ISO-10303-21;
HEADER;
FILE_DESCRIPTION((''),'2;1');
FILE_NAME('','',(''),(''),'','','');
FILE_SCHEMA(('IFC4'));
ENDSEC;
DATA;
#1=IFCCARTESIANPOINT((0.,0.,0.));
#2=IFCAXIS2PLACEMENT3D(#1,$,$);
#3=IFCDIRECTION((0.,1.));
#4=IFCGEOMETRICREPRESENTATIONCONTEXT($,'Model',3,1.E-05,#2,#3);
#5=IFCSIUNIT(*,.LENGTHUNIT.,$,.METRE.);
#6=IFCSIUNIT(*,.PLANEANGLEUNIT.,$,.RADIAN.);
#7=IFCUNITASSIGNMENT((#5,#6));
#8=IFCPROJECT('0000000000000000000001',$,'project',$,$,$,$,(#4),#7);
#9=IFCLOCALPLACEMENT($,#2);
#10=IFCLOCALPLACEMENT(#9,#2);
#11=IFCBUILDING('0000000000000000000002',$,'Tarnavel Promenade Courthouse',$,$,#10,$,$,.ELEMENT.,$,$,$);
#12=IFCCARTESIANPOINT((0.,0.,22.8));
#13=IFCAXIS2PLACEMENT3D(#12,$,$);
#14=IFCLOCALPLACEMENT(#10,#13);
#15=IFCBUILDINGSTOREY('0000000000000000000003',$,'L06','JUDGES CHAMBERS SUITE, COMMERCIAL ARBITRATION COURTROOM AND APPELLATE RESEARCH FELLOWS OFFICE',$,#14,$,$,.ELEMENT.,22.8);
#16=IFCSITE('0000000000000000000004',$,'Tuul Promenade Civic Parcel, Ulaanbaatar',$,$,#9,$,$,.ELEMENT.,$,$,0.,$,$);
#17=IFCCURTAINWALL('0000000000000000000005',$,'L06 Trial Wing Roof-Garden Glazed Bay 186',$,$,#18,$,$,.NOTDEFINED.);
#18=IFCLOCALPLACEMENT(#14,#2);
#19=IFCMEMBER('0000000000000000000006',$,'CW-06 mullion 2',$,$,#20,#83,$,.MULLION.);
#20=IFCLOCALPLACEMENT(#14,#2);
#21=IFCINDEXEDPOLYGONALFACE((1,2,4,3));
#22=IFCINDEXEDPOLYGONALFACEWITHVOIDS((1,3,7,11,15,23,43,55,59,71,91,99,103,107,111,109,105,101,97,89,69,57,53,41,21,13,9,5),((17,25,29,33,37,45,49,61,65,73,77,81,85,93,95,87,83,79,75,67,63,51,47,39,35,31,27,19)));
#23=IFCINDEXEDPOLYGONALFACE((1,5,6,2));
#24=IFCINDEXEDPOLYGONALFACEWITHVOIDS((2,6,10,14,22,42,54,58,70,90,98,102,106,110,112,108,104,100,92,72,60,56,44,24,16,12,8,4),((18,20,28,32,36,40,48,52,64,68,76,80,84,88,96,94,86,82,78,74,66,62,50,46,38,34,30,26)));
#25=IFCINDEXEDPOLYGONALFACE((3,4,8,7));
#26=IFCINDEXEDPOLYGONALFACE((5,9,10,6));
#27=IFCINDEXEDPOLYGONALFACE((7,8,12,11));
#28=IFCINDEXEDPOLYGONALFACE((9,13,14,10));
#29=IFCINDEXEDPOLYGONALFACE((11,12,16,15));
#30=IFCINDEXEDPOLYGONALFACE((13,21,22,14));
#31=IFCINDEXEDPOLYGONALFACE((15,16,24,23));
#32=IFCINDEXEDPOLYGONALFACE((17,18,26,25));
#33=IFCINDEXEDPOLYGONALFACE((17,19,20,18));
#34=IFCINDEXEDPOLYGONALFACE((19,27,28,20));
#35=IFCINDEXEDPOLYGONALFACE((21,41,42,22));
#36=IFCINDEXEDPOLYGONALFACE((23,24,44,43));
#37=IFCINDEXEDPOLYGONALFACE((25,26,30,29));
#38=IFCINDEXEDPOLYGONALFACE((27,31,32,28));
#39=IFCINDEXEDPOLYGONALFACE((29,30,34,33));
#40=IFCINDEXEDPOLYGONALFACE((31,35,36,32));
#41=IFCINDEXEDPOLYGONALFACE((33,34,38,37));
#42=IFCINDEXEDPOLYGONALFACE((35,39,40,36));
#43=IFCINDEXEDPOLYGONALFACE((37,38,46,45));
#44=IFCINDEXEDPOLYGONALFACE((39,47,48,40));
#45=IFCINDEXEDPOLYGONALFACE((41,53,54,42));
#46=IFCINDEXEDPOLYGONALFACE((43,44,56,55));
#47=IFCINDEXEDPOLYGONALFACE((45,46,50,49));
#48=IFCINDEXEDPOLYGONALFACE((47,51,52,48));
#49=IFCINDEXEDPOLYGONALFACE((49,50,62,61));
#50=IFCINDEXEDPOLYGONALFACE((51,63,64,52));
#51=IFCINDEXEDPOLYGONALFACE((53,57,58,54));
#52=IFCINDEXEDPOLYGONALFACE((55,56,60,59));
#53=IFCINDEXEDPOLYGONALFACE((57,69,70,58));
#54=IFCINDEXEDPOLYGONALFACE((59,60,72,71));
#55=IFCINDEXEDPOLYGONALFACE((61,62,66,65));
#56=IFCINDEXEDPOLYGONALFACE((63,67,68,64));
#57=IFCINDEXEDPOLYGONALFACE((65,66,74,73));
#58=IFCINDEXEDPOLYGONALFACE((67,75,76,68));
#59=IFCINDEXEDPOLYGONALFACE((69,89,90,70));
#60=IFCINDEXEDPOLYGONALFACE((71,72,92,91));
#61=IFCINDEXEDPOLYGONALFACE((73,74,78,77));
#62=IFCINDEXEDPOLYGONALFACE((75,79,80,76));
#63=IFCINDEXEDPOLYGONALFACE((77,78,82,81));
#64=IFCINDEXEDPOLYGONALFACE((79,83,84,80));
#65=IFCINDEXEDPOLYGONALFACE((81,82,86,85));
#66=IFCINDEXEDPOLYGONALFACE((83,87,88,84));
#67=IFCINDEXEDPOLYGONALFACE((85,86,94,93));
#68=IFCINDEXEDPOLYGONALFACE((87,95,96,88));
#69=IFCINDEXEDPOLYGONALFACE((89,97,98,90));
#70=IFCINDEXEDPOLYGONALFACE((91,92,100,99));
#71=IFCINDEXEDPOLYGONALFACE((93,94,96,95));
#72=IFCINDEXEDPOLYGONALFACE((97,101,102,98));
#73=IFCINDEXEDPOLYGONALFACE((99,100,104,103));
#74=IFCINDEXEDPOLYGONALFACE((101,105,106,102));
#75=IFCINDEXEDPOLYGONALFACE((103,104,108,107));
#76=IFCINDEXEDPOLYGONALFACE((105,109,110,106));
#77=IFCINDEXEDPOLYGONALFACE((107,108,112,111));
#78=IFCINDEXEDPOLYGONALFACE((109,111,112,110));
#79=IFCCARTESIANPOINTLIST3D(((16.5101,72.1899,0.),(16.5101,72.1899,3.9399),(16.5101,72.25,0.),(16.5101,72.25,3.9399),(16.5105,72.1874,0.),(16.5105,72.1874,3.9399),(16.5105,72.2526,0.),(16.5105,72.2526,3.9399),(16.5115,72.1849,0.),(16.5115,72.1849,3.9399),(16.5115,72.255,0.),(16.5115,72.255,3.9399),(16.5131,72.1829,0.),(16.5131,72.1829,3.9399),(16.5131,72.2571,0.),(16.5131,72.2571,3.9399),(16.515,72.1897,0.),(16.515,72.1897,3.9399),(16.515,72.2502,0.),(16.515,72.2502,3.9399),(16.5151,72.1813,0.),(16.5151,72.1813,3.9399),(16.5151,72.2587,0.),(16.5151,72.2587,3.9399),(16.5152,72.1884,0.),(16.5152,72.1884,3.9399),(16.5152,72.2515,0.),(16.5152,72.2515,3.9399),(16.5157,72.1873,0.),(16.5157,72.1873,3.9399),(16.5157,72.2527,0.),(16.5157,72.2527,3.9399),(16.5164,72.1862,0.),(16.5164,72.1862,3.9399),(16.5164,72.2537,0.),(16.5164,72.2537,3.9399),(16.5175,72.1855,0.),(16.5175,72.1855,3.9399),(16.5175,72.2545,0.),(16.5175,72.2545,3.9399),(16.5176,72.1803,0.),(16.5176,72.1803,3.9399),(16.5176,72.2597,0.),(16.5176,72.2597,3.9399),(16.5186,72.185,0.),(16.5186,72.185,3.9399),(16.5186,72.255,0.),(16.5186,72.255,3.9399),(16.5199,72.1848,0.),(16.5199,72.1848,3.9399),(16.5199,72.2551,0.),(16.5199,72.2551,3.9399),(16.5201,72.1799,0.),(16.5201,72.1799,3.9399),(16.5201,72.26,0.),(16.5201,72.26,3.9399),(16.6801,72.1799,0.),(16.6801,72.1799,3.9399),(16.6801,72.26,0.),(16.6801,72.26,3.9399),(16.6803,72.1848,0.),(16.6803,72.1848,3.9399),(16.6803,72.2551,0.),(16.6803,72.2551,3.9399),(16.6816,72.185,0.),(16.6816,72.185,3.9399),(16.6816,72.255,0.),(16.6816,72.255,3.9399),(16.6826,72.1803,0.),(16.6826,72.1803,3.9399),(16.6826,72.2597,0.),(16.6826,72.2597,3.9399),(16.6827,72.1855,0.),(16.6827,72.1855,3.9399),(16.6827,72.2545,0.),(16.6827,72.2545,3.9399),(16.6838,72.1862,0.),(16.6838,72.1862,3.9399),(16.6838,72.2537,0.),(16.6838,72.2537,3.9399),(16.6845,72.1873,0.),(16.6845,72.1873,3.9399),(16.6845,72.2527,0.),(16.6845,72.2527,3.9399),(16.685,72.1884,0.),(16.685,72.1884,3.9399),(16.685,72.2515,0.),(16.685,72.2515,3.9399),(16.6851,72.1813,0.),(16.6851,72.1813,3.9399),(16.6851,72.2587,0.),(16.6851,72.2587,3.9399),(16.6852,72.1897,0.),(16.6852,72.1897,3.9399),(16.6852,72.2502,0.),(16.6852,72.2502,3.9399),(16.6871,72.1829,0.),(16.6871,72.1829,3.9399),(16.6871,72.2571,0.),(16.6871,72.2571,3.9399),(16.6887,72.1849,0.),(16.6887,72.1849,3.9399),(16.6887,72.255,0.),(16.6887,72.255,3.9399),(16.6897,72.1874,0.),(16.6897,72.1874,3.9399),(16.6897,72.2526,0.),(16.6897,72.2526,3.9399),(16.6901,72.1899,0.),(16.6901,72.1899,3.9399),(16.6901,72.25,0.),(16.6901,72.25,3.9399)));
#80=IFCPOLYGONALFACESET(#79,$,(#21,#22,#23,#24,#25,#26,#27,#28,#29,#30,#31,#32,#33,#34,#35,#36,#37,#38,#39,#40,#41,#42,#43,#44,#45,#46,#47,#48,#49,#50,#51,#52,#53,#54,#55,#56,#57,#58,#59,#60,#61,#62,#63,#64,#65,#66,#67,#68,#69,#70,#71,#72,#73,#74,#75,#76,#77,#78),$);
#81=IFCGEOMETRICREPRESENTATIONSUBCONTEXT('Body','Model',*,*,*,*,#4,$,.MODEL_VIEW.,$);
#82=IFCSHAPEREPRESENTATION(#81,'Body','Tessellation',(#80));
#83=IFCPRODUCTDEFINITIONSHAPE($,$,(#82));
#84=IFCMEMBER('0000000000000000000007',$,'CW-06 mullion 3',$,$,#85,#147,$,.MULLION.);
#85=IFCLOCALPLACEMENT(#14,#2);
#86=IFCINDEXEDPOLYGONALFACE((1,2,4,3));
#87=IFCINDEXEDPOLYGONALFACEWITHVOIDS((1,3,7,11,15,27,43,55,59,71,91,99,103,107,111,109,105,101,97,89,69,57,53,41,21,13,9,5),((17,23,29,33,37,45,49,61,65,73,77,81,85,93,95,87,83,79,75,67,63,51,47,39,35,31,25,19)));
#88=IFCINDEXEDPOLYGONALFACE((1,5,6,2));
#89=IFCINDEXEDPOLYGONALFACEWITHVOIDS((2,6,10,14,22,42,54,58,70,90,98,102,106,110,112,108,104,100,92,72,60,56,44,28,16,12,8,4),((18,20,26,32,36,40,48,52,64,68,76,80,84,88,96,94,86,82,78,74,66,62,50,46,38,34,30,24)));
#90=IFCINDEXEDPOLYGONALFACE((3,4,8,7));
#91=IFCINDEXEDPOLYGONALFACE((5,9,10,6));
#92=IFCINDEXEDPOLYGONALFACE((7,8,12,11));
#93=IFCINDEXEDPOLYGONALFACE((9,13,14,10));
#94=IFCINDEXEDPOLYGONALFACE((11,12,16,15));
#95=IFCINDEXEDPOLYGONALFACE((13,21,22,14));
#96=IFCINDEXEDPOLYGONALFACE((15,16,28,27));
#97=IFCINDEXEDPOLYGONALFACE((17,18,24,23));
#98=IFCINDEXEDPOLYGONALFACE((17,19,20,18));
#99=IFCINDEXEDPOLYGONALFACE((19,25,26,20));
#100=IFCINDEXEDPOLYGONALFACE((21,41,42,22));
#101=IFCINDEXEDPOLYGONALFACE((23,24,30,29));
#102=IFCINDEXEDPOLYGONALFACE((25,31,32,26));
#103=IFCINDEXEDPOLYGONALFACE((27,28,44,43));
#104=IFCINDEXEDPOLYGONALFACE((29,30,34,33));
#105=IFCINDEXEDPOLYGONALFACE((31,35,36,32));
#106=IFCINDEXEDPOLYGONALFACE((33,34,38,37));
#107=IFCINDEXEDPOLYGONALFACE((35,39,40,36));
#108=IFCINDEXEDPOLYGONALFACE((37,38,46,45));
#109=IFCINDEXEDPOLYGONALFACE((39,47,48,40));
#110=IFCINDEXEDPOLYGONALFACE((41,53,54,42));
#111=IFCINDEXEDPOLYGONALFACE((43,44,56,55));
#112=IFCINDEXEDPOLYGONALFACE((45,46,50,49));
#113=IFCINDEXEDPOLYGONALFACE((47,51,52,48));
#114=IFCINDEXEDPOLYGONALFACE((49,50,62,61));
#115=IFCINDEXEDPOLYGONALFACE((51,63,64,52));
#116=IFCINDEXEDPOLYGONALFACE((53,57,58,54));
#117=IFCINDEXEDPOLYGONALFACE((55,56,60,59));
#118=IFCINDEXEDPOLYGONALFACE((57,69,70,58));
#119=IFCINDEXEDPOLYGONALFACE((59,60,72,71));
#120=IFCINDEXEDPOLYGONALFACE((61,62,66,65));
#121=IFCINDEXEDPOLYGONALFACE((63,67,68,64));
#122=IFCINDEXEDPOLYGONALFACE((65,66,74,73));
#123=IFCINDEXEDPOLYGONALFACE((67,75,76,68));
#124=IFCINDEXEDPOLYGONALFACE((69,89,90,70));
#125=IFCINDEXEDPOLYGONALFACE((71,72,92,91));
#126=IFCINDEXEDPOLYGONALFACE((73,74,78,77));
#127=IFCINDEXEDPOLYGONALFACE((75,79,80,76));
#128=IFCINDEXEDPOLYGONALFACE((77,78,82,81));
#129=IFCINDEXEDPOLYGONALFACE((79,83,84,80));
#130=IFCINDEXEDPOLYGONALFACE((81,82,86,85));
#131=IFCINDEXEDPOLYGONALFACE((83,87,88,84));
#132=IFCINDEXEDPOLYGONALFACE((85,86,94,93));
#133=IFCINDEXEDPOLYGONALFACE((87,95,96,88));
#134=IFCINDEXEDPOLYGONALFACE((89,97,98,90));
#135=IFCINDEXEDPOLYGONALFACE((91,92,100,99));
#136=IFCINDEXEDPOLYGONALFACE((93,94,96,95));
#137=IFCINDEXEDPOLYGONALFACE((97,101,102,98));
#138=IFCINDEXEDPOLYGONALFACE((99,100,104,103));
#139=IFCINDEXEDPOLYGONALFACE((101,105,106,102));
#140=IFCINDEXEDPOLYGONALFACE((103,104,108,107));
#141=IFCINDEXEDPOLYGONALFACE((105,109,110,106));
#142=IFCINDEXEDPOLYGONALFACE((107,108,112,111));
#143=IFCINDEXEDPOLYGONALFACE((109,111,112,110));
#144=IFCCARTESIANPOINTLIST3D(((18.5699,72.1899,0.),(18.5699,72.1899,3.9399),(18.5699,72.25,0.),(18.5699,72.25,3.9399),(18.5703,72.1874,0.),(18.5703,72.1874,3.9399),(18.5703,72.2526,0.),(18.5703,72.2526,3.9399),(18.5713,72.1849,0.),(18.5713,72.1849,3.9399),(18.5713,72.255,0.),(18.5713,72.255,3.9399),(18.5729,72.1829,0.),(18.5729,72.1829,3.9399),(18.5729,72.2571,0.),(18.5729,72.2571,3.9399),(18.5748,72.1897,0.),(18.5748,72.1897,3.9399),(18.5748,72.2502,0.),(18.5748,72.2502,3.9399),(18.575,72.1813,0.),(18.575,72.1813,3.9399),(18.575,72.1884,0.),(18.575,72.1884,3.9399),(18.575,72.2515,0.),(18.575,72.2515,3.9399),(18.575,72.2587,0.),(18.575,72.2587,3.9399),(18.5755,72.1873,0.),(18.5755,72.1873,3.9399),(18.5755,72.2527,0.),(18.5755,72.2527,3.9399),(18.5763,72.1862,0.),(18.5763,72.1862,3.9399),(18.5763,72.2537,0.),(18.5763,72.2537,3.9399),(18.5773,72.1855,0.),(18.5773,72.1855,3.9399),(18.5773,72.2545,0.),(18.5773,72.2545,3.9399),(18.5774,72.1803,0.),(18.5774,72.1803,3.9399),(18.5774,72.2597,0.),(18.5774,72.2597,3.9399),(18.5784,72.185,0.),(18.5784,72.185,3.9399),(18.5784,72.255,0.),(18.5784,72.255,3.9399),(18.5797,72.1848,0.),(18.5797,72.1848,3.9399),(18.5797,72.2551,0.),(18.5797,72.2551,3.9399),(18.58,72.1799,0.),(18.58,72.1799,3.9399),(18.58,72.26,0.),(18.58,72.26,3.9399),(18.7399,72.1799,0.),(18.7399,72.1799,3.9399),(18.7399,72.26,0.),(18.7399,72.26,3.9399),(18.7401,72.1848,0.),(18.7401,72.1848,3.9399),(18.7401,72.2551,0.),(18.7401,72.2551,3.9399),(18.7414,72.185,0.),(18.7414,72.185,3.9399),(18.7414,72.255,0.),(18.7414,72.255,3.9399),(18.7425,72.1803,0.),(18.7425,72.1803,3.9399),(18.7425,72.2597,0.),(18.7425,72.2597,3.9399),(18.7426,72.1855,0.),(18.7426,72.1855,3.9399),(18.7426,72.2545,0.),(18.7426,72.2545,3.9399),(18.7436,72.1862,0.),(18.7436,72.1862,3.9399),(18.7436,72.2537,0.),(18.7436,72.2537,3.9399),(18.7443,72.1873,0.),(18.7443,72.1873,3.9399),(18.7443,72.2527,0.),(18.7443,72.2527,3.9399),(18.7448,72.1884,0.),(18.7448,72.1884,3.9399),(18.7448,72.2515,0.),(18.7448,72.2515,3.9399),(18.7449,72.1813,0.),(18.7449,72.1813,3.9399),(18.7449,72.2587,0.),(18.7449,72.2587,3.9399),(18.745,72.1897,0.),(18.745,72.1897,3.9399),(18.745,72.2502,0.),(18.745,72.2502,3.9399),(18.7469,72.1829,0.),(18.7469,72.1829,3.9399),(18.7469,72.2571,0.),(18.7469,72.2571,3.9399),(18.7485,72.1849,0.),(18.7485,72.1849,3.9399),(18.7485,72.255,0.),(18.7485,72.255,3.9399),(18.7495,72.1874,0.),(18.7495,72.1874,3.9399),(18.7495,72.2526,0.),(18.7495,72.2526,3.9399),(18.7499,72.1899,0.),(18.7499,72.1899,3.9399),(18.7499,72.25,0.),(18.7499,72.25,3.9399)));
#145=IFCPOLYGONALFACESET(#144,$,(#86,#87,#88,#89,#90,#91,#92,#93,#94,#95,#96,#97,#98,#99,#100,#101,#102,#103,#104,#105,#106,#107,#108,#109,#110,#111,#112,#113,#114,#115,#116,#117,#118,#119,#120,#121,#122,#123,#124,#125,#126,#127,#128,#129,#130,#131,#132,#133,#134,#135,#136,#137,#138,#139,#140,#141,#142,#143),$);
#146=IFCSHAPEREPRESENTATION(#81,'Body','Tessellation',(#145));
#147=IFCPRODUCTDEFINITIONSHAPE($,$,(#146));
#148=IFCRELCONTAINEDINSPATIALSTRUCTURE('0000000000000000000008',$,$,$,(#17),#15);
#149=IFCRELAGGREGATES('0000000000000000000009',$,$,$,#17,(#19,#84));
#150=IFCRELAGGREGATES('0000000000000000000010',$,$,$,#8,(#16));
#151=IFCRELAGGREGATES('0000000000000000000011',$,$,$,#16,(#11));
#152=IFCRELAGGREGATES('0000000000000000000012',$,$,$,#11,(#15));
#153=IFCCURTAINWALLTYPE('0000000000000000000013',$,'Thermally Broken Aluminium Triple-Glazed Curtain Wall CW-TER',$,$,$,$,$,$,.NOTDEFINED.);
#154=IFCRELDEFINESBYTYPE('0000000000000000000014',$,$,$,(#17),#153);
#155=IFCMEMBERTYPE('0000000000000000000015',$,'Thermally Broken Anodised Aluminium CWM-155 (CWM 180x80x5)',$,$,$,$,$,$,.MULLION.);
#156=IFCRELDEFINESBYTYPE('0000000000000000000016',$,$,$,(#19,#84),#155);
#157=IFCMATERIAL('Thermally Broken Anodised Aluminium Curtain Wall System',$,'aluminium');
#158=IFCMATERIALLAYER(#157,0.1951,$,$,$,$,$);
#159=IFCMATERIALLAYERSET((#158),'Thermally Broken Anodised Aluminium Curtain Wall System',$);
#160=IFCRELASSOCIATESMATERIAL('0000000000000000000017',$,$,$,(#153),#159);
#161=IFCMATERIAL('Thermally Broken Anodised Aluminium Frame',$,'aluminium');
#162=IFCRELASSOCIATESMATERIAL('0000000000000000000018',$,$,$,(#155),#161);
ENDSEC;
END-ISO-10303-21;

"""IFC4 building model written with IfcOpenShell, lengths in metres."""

from ifc_helpers import new_model, si_unit, direction, frame, origin, origin_2d, place, context, subcontext, project, spatial, hollow_rectangle, extrude, material, layer, layer_set, material_profile, profile_set, type_object, element, aggregate, save


model = new_model("IFC4")

# Units and contexts
model_context = context("Model", 3, precision=1e-05, world=origin(), true_north=direction((0.0, 1.0)))
body_context = subcontext(model_context, "Body", "Model", "MODEL_VIEW")
ifc_project = project(units=[si_unit("LENGTHUNIT", "METRE"), si_unit("PLANEANGLEUNIT", "RADIAN")], contexts=[model_context])

# Site, building, storey
site_placement = place(None, origin())
site = spatial("IfcSite", under=ifc_project, at=site_placement, Name="Tuul Promenade Civic Parcel, Ulaanbaatar", CompositionType="ELEMENT", RefElevation=0.0)
building_placement = place(site_placement, origin())
building = spatial("IfcBuilding", under=site, at=building_placement, Name="Tarnavel Promenade Courthouse", CompositionType="ELEMENT")
storey_placement = place(building_placement, frame((0.0, 0.0, 22.8)))
storey = spatial("IfcBuildingStorey", under=building, at=storey_placement, Name="L06", Description="JUDGES CHAMBERS SUITE, COMMERCIAL ARBITRATION COURTROOM AND APPELLATE RESEARCH FELLOWS OFFICE", CompositionType="ELEMENT", Elevation=22.8)

# Shared definitions
ifc_material_1 = material(Name="Thermally Broken Anodised Aluminium Curtain Wall System", Category="aluminium")
ifc_layer_1 = layer(ifc_material_1, 0.1951)
ifc_layer_set_1 = layer_set([ifc_layer_1], Name="Thermally Broken Anodised Aluminium Curtain Wall System")
curtain_wall_type = type_object("IfcCurtainWallType", Name="Thermally Broken Aluminium Triple-Glazed Curtain Wall CW-TER", PredefinedType="NOTDEFINED", material=ifc_layer_set_1)
ifc_material_2 = material(Name="Thermally Broken Anodised Aluminium Frame", Category="aluminium")
ifc_material_profile_1 = material_profile(ifc_material_2, hollow_rectangle(XDim=0.0801, YDim=0.1799, WallThickness=0.0049, InnerFilletRadius=0.0049, OuterFilletRadius=0.01, at=origin_2d()), Name="CWM 180x80x5")
ifc_profile_set_1 = profile_set([ifc_material_profile_1], Name="Thermally Broken Anodised Aluminium Frame")
member_type_1 = type_object("IfcMemberType", Name="Thermally Broken Anodised Aluminium CWM-155 (CWM 180x80x5)", PredefinedType="MULLION", material=ifc_profile_set_1)

# Curtain wall, members
curtain_wall_1_placement = place(storey_placement, origin())
curtain_wall_1 = element("IfcCurtainWall", 1, at=curtain_wall_1_placement, inside=storey, type_object=curtain_wall_type, Name="L06 Trial Wing Roof-Garden Glazed Bay 186", PredefinedType="NOTDEFINED")
member_1_placement = place(storey_placement, frame((16.6001, 72.22, 0.0), z_axis=(0.0, 0.0, 1.0), x_axis=(0.0, 1.0, 0.0)))
member_1 = element("IfcMember", 2, at=member_1_placement, type_object=member_type_1, Name="CW-06 mullion 2", PredefinedType="MULLION", context=body_context, shape_type="SweptSolid", body=[
    extrude(hollow_rectangle(XDim=0.0801, YDim=0.1799, WallThickness=0.0049, InnerFilletRadius=0.0049, OuterFilletRadius=0.01, at=origin_2d()), origin(), (0.0, 0.0, 1.0), 3.9399),
])
member_2_placement = place(storey_placement, frame((18.6599, 72.22, 0.0), z_axis=(0.0, 0.0, 1.0), x_axis=(0.0, 1.0, 0.0)))
member_2 = element("IfcMember", 3, at=member_2_placement, type_object=member_type_1, Name="CW-06 mullion 3", PredefinedType="MULLION", context=body_context, shape_type="SweptSolid", body=[
    extrude(hollow_rectangle(XDim=0.0801, YDim=0.1799, WallThickness=0.0049, InnerFilletRadius=0.0049, OuterFilletRadius=0.01, at=origin_2d()), origin(), (0.0, 0.0, 1.0), 3.9399),
])

aggregate(curtain_wall_1, [member_1, member_2])

save(model, "model.ifc")
